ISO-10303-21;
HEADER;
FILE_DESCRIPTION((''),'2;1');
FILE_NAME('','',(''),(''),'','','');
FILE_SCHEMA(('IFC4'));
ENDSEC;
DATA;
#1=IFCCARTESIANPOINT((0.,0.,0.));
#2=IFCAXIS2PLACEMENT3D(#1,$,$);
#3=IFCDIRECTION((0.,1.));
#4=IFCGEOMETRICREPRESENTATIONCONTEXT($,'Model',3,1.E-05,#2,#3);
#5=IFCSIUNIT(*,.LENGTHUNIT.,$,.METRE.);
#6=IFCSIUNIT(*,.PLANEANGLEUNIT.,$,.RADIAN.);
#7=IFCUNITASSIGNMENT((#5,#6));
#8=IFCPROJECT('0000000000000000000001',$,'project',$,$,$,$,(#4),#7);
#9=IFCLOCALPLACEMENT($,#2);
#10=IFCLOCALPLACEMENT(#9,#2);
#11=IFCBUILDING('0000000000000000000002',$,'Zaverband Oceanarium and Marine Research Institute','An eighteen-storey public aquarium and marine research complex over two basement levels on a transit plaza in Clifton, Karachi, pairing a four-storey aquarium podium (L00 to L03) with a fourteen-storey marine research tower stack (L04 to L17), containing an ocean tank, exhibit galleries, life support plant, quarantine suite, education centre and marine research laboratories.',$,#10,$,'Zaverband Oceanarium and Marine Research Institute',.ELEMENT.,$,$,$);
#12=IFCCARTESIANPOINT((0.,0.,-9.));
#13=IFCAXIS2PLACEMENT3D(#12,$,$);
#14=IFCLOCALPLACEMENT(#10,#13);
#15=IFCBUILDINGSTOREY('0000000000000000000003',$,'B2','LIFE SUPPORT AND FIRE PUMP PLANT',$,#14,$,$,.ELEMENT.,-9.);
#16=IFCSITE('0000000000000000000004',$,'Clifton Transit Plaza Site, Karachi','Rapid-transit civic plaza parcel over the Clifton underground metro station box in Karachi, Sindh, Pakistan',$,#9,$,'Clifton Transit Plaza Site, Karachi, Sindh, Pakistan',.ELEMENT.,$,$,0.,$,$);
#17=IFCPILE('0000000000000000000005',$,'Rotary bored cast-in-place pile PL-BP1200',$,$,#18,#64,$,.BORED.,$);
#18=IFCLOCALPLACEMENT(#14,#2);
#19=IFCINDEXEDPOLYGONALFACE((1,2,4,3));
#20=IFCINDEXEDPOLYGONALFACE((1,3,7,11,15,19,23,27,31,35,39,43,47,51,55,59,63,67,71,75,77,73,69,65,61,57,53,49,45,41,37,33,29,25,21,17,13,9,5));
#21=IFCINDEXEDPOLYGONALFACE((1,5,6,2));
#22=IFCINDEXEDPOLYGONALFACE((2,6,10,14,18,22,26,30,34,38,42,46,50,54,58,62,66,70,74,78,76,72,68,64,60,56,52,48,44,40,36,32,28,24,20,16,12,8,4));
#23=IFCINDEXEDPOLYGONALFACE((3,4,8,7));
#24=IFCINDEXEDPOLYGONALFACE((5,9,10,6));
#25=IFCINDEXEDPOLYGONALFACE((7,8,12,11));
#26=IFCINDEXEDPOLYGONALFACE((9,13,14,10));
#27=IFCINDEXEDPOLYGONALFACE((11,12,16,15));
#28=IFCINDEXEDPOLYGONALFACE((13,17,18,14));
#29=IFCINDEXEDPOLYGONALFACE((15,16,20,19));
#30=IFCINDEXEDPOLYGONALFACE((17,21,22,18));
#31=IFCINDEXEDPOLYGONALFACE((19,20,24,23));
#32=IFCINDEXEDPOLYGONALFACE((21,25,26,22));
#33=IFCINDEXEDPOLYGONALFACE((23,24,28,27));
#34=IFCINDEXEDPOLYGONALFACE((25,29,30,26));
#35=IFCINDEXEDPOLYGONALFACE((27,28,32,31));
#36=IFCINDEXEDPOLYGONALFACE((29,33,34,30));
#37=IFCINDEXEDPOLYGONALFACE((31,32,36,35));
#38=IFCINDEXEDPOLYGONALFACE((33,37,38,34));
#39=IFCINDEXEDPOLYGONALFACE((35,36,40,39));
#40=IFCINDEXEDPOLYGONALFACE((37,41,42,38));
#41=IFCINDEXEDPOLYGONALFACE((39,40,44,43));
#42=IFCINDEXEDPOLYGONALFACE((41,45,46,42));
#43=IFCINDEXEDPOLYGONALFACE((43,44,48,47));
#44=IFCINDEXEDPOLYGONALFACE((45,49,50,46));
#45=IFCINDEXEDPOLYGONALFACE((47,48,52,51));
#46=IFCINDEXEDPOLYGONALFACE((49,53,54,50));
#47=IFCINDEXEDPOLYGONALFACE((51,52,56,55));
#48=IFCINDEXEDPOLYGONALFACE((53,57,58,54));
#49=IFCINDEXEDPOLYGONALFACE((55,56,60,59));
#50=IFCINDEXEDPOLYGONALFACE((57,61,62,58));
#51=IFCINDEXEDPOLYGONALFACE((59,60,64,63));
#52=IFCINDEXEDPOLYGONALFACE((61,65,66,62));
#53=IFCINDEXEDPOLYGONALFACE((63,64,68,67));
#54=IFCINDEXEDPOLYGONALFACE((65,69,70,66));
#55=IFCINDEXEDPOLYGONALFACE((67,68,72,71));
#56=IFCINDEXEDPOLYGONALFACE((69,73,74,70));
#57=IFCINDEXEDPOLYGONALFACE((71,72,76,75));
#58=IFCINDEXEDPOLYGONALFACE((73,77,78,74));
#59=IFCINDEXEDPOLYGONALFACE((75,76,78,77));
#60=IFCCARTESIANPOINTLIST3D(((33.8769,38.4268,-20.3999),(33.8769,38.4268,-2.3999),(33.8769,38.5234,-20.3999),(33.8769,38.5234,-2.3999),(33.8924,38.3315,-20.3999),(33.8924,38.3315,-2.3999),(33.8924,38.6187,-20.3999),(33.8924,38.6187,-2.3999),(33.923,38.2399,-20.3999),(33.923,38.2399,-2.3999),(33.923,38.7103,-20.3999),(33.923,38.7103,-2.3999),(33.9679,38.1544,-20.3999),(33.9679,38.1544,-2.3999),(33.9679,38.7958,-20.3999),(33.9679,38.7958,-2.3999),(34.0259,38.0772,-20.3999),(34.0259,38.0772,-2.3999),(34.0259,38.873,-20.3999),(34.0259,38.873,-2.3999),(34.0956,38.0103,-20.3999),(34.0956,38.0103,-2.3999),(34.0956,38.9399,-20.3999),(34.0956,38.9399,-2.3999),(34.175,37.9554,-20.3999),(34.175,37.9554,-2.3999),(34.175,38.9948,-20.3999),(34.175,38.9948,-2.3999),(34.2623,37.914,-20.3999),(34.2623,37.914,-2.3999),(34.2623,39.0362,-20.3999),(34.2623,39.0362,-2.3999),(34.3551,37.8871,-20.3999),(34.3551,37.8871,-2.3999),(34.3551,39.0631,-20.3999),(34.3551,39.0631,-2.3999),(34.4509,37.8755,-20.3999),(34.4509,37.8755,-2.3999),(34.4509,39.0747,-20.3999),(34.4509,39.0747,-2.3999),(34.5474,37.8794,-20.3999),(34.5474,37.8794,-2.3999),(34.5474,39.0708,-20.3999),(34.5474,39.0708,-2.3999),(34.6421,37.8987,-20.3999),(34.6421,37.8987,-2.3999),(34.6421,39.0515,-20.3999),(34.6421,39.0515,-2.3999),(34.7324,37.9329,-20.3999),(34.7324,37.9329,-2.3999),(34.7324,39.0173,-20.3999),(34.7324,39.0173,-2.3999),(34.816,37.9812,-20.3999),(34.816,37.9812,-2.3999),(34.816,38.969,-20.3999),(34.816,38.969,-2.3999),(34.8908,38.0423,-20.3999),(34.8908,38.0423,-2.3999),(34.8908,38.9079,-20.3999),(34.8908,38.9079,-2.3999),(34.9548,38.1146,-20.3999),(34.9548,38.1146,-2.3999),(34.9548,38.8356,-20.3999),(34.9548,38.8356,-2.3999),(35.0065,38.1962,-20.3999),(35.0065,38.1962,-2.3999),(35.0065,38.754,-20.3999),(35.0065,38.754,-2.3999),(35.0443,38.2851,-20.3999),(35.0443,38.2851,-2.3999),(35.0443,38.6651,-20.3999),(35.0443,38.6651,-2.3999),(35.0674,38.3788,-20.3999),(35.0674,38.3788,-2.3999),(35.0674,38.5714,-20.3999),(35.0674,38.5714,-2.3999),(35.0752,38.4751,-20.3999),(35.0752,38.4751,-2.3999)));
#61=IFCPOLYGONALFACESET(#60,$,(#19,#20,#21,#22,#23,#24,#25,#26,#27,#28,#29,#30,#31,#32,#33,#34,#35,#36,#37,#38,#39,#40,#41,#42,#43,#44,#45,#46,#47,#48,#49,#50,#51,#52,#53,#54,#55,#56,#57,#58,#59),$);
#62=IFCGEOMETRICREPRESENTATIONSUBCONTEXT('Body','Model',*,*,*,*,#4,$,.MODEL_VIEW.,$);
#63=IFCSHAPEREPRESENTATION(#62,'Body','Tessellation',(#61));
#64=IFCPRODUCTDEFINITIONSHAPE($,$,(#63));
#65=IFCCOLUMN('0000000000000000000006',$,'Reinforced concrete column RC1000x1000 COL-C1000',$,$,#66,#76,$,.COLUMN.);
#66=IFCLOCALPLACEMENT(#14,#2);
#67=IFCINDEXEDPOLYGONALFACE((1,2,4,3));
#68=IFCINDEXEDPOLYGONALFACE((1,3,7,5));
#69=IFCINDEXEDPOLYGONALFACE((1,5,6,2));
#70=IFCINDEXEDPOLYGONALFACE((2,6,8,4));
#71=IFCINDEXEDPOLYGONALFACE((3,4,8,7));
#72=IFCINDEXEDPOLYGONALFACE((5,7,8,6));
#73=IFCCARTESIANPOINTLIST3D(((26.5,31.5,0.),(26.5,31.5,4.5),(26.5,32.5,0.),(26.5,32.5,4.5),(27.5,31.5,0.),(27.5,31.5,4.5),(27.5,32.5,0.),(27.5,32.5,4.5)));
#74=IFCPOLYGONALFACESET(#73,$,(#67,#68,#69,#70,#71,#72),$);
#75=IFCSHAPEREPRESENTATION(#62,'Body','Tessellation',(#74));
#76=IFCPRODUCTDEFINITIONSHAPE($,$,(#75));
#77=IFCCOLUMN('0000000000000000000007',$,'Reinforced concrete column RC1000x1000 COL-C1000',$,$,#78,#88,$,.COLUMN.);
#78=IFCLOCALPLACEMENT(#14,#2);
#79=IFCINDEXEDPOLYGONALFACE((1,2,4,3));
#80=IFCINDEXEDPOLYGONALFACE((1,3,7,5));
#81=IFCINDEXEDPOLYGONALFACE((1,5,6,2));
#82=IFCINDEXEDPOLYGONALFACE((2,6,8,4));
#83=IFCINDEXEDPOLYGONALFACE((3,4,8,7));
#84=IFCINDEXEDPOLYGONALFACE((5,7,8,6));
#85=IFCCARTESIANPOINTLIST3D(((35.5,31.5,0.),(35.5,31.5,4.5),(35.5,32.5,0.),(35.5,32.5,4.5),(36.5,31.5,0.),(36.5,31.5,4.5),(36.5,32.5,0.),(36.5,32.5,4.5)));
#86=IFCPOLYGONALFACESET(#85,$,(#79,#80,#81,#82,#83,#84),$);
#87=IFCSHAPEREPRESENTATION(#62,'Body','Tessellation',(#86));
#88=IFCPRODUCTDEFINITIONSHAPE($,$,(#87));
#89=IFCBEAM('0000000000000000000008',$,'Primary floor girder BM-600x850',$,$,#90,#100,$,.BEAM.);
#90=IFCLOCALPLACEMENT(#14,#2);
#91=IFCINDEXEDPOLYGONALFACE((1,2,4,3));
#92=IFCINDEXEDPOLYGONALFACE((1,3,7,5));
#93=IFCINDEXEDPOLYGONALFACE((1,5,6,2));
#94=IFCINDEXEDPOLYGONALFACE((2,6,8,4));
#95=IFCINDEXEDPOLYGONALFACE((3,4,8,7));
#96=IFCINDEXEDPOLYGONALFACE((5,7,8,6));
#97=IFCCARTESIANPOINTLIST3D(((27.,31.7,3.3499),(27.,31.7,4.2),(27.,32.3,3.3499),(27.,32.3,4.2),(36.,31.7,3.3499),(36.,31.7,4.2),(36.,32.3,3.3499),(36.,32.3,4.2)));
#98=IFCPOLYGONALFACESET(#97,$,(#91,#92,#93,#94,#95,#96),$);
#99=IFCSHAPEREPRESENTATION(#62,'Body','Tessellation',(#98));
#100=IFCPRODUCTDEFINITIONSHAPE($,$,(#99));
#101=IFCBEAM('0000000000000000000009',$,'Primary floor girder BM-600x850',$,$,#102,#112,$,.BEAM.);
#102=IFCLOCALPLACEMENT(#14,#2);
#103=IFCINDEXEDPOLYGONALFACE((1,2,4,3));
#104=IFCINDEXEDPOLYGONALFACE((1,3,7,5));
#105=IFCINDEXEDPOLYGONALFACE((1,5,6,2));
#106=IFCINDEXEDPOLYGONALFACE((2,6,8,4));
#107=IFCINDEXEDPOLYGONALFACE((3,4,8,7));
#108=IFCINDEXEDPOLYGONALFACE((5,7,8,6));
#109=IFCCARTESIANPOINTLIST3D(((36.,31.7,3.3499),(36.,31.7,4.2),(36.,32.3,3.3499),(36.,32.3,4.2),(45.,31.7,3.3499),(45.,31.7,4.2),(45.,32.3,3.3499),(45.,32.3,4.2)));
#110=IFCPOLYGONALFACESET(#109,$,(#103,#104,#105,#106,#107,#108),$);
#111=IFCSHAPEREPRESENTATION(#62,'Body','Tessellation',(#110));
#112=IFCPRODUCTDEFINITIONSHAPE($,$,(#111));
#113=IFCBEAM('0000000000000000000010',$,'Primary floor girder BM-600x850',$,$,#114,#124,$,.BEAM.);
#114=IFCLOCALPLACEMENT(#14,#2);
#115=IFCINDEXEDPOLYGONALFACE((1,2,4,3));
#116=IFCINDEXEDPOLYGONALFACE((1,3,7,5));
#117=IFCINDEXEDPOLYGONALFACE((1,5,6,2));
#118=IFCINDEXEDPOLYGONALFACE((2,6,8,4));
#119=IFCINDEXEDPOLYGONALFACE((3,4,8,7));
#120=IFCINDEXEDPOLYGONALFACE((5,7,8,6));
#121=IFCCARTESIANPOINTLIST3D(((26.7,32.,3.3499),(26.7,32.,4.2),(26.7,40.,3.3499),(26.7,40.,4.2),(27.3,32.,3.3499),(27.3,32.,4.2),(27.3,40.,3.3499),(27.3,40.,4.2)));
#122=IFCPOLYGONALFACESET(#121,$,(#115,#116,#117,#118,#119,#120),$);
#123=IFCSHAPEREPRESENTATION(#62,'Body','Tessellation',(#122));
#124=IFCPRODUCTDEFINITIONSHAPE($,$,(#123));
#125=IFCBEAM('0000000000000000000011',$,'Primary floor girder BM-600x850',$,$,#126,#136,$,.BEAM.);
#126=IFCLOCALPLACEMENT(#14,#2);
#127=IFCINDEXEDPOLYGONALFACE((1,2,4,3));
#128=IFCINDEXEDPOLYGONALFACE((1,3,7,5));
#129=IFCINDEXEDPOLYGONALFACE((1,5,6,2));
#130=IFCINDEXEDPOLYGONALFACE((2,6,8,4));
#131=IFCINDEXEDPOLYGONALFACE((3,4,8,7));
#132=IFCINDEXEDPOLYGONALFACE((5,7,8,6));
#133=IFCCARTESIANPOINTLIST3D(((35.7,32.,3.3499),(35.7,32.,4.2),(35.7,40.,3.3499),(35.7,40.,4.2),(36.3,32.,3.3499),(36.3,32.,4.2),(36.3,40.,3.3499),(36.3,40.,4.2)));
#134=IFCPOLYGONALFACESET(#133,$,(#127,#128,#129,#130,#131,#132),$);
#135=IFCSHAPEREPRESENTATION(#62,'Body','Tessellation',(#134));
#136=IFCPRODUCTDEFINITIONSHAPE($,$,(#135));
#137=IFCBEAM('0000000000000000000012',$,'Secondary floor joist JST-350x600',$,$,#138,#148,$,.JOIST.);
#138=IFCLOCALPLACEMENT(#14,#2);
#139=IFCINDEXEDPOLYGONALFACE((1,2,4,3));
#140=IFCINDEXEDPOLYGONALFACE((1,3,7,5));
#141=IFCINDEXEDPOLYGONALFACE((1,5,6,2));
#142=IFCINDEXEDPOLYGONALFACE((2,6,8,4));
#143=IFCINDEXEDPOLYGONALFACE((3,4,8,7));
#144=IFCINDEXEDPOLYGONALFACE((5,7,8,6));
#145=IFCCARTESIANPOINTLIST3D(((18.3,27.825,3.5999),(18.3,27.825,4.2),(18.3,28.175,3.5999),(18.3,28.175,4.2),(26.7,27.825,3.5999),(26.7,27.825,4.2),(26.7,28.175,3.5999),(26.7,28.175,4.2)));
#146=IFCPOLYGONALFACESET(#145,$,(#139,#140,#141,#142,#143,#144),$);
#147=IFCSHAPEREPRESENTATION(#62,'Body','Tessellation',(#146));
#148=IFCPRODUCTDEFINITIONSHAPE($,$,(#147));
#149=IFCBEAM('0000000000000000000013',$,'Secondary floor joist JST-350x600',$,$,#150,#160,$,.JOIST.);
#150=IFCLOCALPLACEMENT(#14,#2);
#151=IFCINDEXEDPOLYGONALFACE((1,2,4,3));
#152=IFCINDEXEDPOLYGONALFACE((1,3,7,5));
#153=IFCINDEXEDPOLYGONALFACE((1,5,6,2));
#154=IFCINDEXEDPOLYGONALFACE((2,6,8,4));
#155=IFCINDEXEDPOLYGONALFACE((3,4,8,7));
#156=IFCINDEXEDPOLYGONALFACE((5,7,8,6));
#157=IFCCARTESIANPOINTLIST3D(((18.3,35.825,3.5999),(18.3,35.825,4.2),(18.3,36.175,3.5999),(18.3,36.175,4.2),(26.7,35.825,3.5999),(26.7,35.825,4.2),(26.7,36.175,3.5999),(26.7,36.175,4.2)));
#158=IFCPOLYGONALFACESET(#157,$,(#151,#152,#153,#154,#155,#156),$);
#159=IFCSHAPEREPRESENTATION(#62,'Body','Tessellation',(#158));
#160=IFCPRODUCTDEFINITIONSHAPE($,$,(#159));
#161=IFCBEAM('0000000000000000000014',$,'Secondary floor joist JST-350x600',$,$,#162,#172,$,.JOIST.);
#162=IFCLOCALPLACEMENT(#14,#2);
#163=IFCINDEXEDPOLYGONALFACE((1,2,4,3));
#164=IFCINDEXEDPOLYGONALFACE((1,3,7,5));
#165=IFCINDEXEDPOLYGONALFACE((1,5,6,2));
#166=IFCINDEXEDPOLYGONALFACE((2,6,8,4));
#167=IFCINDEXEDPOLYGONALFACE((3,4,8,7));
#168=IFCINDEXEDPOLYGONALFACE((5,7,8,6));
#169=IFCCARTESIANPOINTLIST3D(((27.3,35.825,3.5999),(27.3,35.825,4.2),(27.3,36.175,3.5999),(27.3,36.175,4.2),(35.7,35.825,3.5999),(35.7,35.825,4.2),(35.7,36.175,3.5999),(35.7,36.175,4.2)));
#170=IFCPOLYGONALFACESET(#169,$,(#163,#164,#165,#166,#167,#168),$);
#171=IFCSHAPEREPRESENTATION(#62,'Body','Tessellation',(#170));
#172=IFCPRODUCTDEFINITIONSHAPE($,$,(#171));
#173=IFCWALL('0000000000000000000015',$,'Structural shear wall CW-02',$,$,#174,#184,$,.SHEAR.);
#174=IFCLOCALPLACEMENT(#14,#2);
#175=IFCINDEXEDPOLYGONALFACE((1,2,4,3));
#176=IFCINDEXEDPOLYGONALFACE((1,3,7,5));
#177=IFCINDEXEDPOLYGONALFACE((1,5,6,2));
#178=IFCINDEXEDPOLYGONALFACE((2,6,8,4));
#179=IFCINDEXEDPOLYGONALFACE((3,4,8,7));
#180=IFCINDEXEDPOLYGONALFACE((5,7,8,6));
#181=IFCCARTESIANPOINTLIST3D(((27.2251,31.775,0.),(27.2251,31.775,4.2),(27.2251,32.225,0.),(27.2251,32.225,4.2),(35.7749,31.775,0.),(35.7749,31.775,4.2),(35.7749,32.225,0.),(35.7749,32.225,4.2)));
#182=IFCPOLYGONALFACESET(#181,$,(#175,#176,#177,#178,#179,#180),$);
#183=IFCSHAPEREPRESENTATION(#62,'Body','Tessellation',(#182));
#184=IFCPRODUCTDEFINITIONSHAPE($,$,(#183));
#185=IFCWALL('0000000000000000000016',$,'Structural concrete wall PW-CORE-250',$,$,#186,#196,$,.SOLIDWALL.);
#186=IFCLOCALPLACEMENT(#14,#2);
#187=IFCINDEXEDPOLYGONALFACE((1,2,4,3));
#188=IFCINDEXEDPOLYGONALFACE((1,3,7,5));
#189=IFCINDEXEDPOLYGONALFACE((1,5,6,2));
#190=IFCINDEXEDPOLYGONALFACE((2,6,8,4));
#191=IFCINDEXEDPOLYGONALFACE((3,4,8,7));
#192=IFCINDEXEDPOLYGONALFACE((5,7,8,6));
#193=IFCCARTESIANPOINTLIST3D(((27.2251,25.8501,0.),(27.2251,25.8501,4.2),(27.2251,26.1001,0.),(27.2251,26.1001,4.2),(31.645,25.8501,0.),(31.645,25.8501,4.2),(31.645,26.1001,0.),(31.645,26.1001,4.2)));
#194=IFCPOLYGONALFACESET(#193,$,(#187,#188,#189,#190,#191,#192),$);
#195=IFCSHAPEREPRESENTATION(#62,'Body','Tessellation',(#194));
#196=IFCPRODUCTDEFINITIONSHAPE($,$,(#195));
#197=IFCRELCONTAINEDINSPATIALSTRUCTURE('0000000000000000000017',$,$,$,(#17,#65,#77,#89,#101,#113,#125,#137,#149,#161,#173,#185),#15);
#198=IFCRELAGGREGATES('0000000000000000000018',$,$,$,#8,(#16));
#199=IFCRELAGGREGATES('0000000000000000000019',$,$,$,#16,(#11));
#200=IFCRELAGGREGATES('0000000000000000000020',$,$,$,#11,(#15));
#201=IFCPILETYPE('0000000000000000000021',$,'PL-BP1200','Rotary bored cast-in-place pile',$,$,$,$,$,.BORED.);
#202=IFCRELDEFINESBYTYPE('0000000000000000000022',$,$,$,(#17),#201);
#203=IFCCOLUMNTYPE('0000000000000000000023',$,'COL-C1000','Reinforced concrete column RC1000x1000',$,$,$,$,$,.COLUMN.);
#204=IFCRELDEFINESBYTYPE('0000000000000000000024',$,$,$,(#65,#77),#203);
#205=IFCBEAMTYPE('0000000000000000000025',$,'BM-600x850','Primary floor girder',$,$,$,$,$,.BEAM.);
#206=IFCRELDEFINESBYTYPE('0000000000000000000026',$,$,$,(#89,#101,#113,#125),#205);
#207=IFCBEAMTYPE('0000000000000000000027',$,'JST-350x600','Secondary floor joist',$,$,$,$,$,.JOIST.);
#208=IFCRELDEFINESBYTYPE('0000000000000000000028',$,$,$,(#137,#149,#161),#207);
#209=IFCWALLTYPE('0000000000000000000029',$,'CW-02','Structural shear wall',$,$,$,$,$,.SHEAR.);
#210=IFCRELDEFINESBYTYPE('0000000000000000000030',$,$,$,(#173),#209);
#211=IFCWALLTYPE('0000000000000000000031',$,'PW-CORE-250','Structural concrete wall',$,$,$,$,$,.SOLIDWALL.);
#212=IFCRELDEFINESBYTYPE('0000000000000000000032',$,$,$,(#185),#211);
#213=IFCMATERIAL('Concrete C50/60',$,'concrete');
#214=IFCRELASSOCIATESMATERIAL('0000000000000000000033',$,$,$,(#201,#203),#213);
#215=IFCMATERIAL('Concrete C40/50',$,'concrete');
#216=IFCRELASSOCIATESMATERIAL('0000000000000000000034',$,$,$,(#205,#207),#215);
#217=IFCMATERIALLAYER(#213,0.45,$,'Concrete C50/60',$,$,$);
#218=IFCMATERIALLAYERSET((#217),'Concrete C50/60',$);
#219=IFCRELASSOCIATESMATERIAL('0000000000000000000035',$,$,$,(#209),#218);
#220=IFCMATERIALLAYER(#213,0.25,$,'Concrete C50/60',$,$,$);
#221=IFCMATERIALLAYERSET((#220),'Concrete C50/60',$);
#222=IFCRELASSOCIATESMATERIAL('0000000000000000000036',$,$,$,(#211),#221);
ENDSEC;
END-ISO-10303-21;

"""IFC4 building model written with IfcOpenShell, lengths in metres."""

from ifc_helpers import new_model, si_unit, direction, frame, frame_2d, origin, origin_2d, place, context, subcontext, project, spatial, rectangle, circle, extrude, material, layer, layer_set, material_profile, profile_set, type_object, element, save


model = new_model("IFC4")

# Units and contexts
model_context = context("Model", 3, precision=1e-05, world=origin(), true_north=direction((0.0, 1.0)))
body_context = subcontext(model_context, "Body", "Model", "MODEL_VIEW")
ifc_project = project(units=[si_unit("LENGTHUNIT", "METRE"), si_unit("PLANEANGLEUNIT", "RADIAN")], contexts=[model_context])

# Site, building, storey
site_placement = place(None, origin())
site = spatial("IfcSite", under=ifc_project, at=site_placement, Name="Clifton Transit Plaza Site, Karachi", Description="Rapid-transit civic plaza parcel over the Clifton underground metro station box in Karachi, Sindh, Pakistan", LongName="Clifton Transit Plaza Site, Karachi, Sindh, Pakistan", CompositionType="ELEMENT", RefElevation=0.0)
building_placement = place(site_placement, origin())
building = spatial("IfcBuilding", under=site, at=building_placement, Name="Zaverband Oceanarium and Marine Research Institute", Description="An eighteen-storey public aquarium and marine research complex over two basement levels on a transit plaza in Clifton, Karachi, pairing a four-storey aquarium podium (L00 to L03) with a fourteen-storey marine research tower stack (L04 to L17), containing an ocean tank, exhibit galleries, life support plant, quarantine suite, education centre and marine research laboratories.", LongName="Zaverband Oceanarium and Marine Research Institute", CompositionType="ELEMENT")
storey_placement = place(building_placement, frame((0.0, 0.0, -9.0)))
storey = spatial("IfcBuildingStorey", under=building, at=storey_placement, Name="B2", Description="LIFE SUPPORT AND FIRE PUMP PLANT", CompositionType="ELEMENT", Elevation=-9.0)

# Shared definitions
ifc_material_1 = material(Name="Concrete C50/60", Category="concrete")

# Pile
ifc_material_profile_1 = material_profile(ifc_material_1, circle(Radius=0.6001, at=origin_2d()), Name="BP1200")
ifc_profile_set_1 = profile_set([ifc_material_profile_1], Name="Concrete C50/60")
pile_type = type_object("IfcPileType", Name="PL-BP1200", Description="Rotary bored cast-in-place pile", PredefinedType="BORED", material=ifc_profile_set_1)
for number, where, z_axis, x_axis, name in (
    (1, (34.4751, 38.4751, -2.3999), (0.0, 0.0, -1.0), (1.0, 0.0, 0.0), "Rotary bored cast-in-place pile PL-BP1200"),
):
    element("IfcPile", number, at=place(storey_placement, frame(where, z_axis=z_axis, x_axis=x_axis)), inside=storey, type_object=pile_type, Name=name, PredefinedType="BORED", context=body_context, shape_type="SweptSolid", body=[
        extrude(circle(Radius=0.6001, at=origin_2d()), origin(), (0.0, 0.0, 1.0), 18.0),
    ])

# Columns
ifc_material_profile_2 = material_profile(ifc_material_1, rectangle(XDim=1.0, YDim=1.0, at=origin_2d()), Name="RC1000x1000")
ifc_profile_set_2 = profile_set([ifc_material_profile_2], Name="Concrete C50/60")
column_type = type_object("IfcColumnType", Name="COL-C1000", Description="Reinforced concrete column RC1000x1000", PredefinedType="COLUMN", material=ifc_profile_set_2)
for number, where, z_axis, x_axis, name in (
    (2, (27.0, 32.0, 0.0), (0.0, 0.0, 1.0), (1.0, 0.0, 0.0), "Reinforced concrete column RC1000x1000 COL-C1000"),
    (3, (36.0, 32.0, 0.0), (0.0, 0.0, 1.0), (1.0, 0.0, 0.0), "Reinforced concrete column RC1000x1000 COL-C1000"),
):
    element("IfcColumn", number, at=place(storey_placement, frame(where, z_axis=z_axis, x_axis=x_axis)), inside=storey, type_object=column_type, Name=name, PredefinedType="COLUMN", context=body_context, shape_type="SweptSolid", body=[
        extrude(rectangle(XDim=1.0, YDim=1.0, at=origin_2d()), origin(), (0.0, 0.0, 1.0), 4.5),
    ])

# Beams
ifc_material_2 = material(Name="Concrete C40/50", Category="concrete")
ifc_material_profile_3 = material_profile(ifc_material_2, rectangle(XDim=0.6001, YDim=0.8501, at=origin_2d()), Name="RC600x850")
ifc_profile_set_3 = profile_set([ifc_material_profile_3], Name="Concrete C40/50")
beam_type_1 = type_object("IfcBeamType", Name="BM-600x850", Description="Primary floor girder", PredefinedType="BEAM", material=ifc_profile_set_3)
for number, where, z_axis, x_axis, name in (
    (4, (27.0, 32.0, 3.7749), (1.0, 0.0, 0.0), (0.0, 1.0, 0.0), "Primary floor girder BM-600x850"),
    (5, (36.0, 32.0, 3.7749), (1.0, 0.0, 0.0), (0.0, 1.0, 0.0), "Primary floor girder BM-600x850"),
):
    element("IfcBeam", number, at=place(storey_placement, frame(where, z_axis=z_axis, x_axis=x_axis)), inside=storey, type_object=beam_type_1, Name=name, PredefinedType="BEAM", context=body_context, shape_type="SweptSolid", body=[
        extrude(rectangle(XDim=0.6001, YDim=0.8501, at=origin_2d()), origin(), (0.0, 0.0, 1.0), 9.0),
    ])
for number, where, z_axis, x_axis, name in (
    (6, (27.0, 32.0, 3.7749), (0.0, 1.0, 0.0), (-1.0, 0.0, 0.0), "Primary floor girder BM-600x850"),
    (7, (36.0, 32.0, 3.7749), (0.0, 1.0, 0.0), (-1.0, 0.0, 0.0), "Primary floor girder BM-600x850"),
):
    element("IfcBeam", number, at=place(storey_placement, frame(where, z_axis=z_axis, x_axis=x_axis)), inside=storey, type_object=beam_type_1, Name=name, PredefinedType="BEAM", context=body_context, shape_type="SweptSolid", body=[
        extrude(rectangle(XDim=0.6001, YDim=0.8501, at=origin_2d()), origin(), (0.0, 0.0, 1.0), 8.0),
    ])
ifc_material_profile_4 = material_profile(ifc_material_2, rectangle(XDim=0.3501, YDim=0.6001, at=origin_2d()), Name="RC350x600")
ifc_profile_set_4 = profile_set([ifc_material_profile_4], Name="Concrete C40/50")
beam_type_2 = type_object("IfcBeamType", Name="JST-350x600", Description="Secondary floor joist", PredefinedType="JOIST", material=ifc_profile_set_4)
for number, where, z_axis, x_axis, name in (
    (8, (18.3, 28.0, 3.8999), (1.0, 0.0, 0.0), (0.0, 1.0, 0.0), "Secondary floor joist JST-350x600"),
    (9, (18.3, 36.0, 3.8999), (1.0, 0.0, 0.0), (0.0, 1.0, 0.0), "Secondary floor joist JST-350x600"),
    (10, (27.3, 36.0, 3.8999), (1.0, 0.0, 0.0), (0.0, 1.0, 0.0), "Secondary floor joist JST-350x600"),
):
    element("IfcBeam", number, at=place(storey_placement, frame(where, z_axis=z_axis, x_axis=x_axis)), inside=storey, type_object=beam_type_2, Name=name, PredefinedType="JOIST", context=body_context, shape_type="SweptSolid", body=[
        extrude(rectangle(XDim=0.3501, YDim=0.6001, at=origin_2d()), origin(), (0.0, 0.0, 1.0), 8.3999),
    ])

# Walls
ifc_layer_1 = layer(ifc_material_1, 0.45, Name="Concrete C50/60")
ifc_layer_set_1 = layer_set([ifc_layer_1], Name="Concrete C50/60")
wall_type_1 = type_object("IfcWallType", Name="CW-02", Description="Structural shear wall", PredefinedType="SHEAR", material=ifc_layer_set_1)
wall_1_placement = place(storey_placement, frame((27.2251, 32.0, 0.0), z_axis=(0.0, 0.0, 1.0), x_axis=(1.0, 0.0, 0.0)))
element("IfcWall", 11, at=wall_1_placement, inside=storey, type_object=wall_type_1, Name="Structural shear wall CW-02", PredefinedType="SHEAR", context=body_context, shape_type="SweptSolid", body=[
    extrude(rectangle(XDim=8.5498, YDim=0.45, at=frame_2d((4.2749, 0.0))), origin(), (0.0, 0.0, 1.0), 4.2),
])
ifc_layer_2 = layer(ifc_material_1, 0.25, Name="Concrete C50/60")
ifc_layer_set_2 = layer_set([ifc_layer_2], Name="Concrete C50/60")
wall_type_2 = type_object("IfcWallType", Name="PW-CORE-250", Description="Structural concrete wall", PredefinedType="SOLIDWALL", material=ifc_layer_set_2)
wall_2_placement = place(storey_placement, frame((27.2251, 25.9751, 0.0), z_axis=(0.0, 0.0, 1.0), x_axis=(1.0, 0.0, 0.0)))
element("IfcWall", 12, at=wall_2_placement, inside=storey, type_object=wall_type_2, Name="Structural concrete wall PW-CORE-250", PredefinedType="SOLIDWALL", context=body_context, shape_type="SweptSolid", body=[
    extrude(rectangle(XDim=4.4199, YDim=0.25, at=frame_2d((2.21, 0.0))), origin(), (0.0, 0.0, 1.0), 4.2),
])

save(model, "model.ifc")
